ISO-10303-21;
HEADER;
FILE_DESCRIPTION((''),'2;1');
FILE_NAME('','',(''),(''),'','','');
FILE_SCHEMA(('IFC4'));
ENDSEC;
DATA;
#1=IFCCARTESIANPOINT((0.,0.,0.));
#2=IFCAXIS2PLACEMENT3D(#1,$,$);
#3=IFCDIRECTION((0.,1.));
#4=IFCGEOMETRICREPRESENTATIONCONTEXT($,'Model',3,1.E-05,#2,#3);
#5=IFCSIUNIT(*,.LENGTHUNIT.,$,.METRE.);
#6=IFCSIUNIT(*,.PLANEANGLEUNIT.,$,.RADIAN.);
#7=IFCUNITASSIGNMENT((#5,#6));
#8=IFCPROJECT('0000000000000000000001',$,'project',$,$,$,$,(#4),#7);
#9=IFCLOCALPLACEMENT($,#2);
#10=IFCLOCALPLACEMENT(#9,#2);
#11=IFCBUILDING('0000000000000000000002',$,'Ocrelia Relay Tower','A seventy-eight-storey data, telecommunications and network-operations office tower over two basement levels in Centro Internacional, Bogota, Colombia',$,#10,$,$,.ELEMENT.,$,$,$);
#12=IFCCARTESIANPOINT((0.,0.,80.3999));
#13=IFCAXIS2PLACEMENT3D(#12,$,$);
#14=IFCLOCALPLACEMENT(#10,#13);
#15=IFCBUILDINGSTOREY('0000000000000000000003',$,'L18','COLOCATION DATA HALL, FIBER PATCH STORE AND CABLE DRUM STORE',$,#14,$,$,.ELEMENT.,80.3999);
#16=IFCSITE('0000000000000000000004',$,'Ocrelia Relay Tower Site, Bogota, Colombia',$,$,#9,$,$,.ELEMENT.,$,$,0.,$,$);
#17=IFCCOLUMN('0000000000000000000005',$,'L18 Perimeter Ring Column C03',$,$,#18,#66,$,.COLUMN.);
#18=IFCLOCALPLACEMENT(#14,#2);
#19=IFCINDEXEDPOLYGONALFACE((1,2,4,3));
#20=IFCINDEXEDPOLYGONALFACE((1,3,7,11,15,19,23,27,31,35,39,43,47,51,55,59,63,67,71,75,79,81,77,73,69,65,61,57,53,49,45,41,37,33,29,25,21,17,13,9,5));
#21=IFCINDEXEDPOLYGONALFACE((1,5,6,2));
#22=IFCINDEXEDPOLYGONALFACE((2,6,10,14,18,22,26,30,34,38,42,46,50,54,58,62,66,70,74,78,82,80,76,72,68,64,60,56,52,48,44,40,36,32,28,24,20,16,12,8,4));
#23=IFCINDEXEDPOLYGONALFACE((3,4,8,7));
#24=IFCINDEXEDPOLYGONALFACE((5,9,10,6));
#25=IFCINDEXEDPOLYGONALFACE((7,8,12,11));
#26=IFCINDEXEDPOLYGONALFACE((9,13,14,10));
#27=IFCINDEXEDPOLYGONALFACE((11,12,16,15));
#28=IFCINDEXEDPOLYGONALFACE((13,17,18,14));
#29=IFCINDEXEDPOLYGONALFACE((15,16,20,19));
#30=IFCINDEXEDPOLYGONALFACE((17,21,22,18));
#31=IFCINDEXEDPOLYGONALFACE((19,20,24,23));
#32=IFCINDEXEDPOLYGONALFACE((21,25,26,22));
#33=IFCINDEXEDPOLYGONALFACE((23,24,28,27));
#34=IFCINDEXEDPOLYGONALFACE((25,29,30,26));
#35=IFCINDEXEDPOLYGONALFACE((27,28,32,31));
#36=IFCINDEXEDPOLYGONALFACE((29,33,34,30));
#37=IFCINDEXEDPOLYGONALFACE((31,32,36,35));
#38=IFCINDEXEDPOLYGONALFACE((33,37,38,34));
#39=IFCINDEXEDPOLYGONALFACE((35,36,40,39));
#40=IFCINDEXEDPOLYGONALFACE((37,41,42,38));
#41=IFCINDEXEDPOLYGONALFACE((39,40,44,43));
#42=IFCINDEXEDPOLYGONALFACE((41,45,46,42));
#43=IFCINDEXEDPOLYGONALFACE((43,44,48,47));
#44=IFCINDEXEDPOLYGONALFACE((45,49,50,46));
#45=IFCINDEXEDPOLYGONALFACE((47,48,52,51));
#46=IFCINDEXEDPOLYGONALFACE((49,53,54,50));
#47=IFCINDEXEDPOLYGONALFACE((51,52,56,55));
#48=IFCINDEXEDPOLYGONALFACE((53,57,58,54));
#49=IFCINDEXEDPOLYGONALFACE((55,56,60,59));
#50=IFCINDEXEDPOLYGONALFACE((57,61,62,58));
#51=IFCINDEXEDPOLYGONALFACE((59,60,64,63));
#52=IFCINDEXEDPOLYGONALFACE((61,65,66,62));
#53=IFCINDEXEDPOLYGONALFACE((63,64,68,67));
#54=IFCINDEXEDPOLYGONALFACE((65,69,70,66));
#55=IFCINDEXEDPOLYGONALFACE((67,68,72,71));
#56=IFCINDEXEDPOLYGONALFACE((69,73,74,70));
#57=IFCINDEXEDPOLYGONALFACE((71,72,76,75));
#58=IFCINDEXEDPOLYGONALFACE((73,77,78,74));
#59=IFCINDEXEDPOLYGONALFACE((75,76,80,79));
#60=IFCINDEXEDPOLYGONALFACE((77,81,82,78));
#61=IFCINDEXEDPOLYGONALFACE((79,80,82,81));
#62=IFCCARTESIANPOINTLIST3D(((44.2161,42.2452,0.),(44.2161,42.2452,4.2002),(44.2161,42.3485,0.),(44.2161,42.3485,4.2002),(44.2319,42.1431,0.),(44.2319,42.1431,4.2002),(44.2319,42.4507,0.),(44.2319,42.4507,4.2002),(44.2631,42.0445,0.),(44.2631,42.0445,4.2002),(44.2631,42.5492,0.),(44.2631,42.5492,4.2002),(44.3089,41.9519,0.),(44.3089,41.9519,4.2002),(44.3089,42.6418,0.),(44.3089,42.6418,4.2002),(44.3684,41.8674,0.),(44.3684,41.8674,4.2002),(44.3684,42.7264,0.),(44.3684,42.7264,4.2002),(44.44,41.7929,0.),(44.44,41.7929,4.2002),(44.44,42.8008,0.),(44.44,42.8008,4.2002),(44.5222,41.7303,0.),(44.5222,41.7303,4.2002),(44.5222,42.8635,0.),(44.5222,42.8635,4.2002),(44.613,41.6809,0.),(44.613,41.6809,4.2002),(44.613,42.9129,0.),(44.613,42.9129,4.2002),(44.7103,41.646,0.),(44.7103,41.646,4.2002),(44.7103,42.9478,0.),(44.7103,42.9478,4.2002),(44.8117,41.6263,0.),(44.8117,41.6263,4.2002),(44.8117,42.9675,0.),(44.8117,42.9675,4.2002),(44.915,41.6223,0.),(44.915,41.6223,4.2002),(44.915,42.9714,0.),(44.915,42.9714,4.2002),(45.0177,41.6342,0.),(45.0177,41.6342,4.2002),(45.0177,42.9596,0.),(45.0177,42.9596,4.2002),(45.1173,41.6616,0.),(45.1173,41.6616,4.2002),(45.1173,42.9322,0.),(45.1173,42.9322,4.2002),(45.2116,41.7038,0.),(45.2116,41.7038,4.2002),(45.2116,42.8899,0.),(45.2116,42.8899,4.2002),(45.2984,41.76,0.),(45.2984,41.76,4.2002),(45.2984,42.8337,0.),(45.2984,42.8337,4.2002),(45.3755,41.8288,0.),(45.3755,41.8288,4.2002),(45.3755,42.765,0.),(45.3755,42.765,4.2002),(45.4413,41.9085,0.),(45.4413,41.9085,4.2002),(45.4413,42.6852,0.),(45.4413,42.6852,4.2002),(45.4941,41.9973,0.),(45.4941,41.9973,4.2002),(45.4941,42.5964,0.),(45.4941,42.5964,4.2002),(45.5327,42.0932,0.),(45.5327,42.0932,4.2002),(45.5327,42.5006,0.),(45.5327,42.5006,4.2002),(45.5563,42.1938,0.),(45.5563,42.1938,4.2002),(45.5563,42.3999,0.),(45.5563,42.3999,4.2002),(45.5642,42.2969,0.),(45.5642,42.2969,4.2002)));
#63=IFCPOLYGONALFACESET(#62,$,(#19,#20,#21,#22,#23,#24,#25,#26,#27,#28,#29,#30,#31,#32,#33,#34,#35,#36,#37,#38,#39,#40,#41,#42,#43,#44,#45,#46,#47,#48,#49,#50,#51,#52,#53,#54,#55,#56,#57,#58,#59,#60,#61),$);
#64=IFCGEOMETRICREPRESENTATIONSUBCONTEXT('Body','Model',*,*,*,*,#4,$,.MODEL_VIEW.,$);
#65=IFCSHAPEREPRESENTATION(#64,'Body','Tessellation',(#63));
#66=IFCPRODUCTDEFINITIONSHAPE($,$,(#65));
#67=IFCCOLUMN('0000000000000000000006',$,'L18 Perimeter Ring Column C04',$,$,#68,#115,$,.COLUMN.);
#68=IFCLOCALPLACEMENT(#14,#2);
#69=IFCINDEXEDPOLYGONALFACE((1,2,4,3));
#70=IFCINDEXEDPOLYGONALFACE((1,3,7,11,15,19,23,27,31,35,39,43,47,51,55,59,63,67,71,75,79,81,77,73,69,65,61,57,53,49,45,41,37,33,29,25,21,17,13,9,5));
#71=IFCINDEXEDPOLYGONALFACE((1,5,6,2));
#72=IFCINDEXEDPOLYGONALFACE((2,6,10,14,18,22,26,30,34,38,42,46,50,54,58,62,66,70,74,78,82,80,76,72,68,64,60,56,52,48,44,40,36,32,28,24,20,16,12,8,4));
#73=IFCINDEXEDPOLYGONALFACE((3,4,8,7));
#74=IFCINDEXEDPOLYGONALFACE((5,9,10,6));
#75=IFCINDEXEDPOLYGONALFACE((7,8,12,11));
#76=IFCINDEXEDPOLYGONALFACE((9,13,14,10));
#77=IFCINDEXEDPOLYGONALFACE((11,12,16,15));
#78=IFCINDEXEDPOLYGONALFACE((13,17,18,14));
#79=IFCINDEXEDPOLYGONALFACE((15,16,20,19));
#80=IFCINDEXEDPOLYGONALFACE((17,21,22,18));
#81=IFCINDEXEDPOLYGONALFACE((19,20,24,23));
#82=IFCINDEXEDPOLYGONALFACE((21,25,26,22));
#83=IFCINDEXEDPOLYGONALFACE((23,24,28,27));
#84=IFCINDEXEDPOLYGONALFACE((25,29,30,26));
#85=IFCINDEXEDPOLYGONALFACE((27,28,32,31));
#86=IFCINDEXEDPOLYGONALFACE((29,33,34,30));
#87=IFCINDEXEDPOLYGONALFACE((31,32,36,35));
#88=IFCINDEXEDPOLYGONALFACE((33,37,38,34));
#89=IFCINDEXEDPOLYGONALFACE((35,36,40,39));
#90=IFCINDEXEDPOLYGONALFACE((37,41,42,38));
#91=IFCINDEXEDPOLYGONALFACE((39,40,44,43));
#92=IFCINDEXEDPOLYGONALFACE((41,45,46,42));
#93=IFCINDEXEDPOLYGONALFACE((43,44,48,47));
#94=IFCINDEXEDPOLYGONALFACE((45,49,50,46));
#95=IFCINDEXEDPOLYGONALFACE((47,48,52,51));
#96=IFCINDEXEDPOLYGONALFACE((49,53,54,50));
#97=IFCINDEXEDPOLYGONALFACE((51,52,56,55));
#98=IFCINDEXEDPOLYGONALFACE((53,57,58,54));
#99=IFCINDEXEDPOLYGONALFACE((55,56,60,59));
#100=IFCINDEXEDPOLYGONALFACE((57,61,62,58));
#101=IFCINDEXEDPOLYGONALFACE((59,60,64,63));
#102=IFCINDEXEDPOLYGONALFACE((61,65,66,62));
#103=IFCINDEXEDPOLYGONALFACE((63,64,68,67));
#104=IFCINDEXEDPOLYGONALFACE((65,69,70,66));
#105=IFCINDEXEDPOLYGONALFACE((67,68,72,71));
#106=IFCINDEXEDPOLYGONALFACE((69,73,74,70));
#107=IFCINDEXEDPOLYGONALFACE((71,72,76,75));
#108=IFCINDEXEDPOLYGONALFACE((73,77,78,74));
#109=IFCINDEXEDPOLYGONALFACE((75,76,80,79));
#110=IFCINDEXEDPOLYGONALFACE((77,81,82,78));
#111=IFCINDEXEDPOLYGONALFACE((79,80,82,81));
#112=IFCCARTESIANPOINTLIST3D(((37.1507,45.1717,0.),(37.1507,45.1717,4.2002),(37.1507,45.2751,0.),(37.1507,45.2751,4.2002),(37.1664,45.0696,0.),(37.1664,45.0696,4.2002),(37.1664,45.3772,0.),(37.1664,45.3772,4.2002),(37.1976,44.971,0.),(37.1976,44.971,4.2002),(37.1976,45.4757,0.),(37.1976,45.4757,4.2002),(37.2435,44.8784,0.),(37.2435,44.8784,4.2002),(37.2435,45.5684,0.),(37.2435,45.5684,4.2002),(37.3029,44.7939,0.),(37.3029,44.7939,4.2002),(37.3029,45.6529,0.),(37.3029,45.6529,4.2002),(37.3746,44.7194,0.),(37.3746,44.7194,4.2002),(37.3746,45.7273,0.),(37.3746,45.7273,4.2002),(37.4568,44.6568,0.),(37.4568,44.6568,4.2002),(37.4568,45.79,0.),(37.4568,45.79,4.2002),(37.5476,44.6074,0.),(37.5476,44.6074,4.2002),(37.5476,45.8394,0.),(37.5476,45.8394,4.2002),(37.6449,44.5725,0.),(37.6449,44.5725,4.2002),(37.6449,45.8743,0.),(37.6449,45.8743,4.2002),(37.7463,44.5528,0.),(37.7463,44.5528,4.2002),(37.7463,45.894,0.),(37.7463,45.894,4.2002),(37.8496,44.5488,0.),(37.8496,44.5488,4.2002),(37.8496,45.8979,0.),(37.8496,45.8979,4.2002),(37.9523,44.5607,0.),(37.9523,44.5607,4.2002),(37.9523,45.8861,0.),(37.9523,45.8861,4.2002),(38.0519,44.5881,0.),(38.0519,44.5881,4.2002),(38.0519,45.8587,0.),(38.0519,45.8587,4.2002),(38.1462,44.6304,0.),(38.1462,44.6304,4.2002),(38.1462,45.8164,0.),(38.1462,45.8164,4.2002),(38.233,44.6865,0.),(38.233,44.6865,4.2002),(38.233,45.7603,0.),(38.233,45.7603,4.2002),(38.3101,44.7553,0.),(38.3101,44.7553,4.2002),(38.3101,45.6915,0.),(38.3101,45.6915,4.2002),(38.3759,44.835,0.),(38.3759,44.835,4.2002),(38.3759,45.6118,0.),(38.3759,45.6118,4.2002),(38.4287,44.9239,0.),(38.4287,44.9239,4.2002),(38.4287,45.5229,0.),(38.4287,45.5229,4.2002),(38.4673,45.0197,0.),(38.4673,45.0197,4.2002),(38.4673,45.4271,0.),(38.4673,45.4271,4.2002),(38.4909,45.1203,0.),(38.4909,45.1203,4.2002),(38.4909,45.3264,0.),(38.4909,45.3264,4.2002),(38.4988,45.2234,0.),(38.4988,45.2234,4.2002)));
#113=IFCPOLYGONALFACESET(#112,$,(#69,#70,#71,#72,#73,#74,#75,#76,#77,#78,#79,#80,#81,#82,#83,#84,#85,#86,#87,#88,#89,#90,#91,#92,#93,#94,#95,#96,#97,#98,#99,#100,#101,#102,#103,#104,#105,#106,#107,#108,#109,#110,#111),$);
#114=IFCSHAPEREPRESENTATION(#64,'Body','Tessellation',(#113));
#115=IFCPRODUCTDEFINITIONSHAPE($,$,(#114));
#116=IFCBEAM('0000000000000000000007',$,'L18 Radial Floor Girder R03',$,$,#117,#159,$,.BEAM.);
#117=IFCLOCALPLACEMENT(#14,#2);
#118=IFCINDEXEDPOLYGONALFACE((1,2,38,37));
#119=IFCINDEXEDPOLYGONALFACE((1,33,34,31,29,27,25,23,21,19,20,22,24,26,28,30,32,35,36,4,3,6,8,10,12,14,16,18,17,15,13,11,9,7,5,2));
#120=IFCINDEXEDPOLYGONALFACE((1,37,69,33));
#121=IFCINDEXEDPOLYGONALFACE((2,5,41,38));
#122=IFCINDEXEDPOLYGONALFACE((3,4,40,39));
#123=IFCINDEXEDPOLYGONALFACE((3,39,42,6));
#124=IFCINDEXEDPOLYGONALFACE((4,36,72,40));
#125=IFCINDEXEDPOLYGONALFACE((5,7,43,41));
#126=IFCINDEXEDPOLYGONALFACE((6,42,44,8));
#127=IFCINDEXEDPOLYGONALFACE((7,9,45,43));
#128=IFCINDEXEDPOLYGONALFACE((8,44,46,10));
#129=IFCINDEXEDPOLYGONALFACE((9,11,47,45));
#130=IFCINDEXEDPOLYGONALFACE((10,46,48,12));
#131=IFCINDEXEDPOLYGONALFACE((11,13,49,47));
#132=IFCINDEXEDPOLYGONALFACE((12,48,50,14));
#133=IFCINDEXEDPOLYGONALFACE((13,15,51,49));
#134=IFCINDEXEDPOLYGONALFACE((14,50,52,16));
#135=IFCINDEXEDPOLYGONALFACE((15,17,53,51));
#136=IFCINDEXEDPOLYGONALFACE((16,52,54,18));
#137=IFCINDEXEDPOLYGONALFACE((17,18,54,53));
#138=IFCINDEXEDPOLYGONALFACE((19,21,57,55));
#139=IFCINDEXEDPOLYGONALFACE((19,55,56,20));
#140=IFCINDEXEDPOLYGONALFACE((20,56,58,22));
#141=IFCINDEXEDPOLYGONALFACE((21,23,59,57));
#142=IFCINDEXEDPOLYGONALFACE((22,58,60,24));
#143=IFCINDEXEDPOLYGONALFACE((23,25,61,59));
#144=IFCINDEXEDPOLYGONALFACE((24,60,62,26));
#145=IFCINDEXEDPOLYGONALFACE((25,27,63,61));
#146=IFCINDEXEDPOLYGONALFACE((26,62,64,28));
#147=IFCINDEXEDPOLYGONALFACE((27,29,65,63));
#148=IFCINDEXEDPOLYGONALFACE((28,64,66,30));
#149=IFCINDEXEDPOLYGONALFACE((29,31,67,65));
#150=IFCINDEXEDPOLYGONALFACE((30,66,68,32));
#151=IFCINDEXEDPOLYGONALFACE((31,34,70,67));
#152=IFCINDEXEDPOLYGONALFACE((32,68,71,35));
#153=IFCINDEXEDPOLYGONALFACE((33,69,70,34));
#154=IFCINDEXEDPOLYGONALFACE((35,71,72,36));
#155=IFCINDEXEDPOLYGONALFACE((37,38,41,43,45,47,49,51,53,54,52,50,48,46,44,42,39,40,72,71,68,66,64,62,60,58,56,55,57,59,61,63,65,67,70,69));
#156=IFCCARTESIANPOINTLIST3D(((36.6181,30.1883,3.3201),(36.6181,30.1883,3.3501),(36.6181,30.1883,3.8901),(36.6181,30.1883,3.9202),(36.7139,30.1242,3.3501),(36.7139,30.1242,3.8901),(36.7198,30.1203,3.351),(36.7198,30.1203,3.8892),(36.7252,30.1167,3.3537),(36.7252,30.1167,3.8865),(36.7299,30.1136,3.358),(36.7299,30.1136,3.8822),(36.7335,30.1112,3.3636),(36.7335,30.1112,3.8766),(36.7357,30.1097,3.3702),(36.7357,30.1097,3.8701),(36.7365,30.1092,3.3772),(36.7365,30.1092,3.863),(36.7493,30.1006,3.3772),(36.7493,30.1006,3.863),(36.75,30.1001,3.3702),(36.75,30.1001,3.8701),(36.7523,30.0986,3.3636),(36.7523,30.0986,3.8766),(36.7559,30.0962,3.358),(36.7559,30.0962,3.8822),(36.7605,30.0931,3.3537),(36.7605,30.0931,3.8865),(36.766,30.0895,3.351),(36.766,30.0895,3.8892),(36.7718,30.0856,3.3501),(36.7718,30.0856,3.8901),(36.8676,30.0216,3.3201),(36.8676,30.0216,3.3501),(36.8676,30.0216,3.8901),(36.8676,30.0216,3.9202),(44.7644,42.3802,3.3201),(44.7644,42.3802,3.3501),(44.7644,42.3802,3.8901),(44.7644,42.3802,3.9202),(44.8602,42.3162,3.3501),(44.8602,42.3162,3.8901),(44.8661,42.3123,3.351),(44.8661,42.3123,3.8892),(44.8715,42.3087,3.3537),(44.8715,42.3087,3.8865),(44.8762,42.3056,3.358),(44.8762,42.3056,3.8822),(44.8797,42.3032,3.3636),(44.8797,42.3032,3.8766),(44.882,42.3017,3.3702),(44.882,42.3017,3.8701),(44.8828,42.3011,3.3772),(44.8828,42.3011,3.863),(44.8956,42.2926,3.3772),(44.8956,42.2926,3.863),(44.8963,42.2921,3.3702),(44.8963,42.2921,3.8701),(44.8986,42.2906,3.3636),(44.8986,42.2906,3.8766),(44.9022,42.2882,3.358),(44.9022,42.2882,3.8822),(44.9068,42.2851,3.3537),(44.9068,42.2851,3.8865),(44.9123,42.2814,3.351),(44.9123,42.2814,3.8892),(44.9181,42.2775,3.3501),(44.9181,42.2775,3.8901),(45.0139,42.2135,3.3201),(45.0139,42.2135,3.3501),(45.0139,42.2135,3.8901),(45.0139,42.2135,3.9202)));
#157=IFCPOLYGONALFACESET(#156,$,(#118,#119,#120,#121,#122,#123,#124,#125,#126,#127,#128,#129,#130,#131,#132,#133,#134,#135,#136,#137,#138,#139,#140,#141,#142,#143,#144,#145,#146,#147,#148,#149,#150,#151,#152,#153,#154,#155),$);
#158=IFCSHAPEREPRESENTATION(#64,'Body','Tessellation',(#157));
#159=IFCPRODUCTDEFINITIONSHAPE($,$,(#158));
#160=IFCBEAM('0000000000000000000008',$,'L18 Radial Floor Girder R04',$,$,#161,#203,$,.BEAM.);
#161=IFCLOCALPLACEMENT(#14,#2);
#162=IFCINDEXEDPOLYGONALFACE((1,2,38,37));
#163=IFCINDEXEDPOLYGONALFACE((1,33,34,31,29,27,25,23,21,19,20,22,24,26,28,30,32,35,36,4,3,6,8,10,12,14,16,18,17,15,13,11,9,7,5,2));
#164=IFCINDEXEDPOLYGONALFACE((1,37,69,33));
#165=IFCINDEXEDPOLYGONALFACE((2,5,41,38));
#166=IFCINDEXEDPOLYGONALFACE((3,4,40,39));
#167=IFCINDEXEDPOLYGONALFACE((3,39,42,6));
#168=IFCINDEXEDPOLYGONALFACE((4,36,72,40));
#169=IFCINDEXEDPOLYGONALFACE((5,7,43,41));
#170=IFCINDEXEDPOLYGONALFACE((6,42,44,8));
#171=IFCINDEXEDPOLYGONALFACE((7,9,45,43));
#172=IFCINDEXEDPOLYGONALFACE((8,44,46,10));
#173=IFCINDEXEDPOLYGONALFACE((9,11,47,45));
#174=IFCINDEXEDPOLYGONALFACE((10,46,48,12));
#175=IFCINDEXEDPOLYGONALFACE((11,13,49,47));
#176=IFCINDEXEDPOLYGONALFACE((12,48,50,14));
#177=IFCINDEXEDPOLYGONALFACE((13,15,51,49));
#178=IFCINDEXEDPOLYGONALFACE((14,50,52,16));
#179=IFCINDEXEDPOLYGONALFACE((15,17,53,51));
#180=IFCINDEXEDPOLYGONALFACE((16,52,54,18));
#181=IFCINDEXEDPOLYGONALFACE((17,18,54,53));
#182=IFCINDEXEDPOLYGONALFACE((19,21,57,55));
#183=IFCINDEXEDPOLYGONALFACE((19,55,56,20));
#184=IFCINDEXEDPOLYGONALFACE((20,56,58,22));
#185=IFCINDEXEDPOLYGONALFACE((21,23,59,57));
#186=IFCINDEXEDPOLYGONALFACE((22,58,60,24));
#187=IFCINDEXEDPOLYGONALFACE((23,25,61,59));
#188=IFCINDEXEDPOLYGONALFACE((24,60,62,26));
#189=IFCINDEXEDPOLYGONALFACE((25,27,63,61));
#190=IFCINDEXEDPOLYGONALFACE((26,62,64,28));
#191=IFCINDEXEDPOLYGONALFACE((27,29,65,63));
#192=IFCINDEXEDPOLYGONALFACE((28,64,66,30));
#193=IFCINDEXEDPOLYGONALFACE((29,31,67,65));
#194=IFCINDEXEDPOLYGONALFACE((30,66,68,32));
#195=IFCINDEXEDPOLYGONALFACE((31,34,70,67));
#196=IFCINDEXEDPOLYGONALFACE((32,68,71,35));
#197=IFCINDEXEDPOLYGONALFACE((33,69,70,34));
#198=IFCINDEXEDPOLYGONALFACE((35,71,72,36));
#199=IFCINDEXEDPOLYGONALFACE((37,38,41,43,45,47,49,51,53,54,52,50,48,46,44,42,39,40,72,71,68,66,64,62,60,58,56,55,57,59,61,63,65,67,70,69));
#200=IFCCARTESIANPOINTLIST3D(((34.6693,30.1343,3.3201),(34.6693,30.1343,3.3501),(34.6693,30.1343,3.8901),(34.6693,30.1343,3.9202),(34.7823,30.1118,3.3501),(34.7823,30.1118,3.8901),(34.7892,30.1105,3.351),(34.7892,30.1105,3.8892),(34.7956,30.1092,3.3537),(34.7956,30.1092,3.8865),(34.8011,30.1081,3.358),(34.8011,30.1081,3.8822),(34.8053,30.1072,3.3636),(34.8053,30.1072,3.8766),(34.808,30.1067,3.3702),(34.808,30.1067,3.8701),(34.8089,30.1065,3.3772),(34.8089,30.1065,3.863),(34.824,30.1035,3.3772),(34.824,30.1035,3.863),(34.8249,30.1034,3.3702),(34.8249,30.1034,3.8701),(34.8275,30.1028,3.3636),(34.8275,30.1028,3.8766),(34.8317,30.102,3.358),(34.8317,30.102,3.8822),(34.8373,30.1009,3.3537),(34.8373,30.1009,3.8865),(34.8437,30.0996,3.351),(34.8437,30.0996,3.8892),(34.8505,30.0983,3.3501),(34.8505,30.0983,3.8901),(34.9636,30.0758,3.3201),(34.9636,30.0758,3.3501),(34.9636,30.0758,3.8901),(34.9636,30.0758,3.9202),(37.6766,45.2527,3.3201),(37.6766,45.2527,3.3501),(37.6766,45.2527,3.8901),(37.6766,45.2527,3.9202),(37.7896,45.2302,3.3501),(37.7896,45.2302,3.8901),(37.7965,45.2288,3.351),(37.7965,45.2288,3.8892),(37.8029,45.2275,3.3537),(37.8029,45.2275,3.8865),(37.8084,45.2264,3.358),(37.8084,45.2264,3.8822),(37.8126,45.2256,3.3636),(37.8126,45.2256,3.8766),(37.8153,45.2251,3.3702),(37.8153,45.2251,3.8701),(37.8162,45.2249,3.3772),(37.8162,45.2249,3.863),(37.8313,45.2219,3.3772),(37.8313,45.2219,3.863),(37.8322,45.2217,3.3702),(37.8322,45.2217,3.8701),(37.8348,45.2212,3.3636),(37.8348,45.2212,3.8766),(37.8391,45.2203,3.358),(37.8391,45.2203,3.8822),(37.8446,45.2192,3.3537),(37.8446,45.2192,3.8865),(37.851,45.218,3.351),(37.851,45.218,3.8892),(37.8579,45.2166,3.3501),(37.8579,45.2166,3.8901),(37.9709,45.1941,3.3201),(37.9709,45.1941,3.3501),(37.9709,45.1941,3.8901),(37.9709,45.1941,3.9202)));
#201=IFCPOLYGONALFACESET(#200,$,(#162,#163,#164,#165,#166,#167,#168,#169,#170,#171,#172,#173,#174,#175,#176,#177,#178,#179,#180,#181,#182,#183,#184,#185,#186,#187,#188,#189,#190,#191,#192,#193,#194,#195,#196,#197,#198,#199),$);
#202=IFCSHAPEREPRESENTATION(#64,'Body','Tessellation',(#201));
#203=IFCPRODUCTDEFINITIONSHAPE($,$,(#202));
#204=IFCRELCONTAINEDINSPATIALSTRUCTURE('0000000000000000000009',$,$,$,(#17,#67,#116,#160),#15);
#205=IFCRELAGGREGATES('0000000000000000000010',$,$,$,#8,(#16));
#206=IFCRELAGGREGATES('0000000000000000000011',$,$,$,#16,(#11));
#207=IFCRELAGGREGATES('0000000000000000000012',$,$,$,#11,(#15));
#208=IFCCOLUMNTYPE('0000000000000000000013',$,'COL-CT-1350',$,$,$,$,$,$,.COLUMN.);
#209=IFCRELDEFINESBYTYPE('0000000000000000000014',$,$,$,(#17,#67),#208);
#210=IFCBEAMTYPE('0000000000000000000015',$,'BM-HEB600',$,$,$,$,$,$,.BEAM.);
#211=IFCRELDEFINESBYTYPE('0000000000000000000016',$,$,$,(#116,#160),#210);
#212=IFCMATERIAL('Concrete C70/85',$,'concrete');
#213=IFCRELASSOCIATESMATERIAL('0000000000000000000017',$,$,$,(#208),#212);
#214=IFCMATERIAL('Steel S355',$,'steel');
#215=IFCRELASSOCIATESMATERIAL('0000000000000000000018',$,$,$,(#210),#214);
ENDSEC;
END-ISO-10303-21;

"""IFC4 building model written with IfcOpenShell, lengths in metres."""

from ifc_helpers import new_model, si_unit, direction, frame, origin, origin_2d, place, context, subcontext, project, spatial, circle, i_section, extrude, material, material_profile, profile_set, type_object, element, save


model = new_model("IFC4")

# Units and contexts
model_context = context("Model", 3, precision=1e-05, world=origin(), true_north=direction((0.0, 1.0)))
body_context = subcontext(model_context, "Body", "Model", "MODEL_VIEW")
ifc_project = project(units=[si_unit("LENGTHUNIT", "METRE"), si_unit("PLANEANGLEUNIT", "RADIAN")], contexts=[model_context])

# Site, building, storey
site_placement = place(None, origin())
site = spatial("IfcSite", under=ifc_project, at=site_placement, Name="Ocrelia Relay Tower Site, Bogota, Colombia", CompositionType="ELEMENT", RefElevation=0.0)
building_placement = place(site_placement, origin())
building = spatial("IfcBuilding", under=site, at=building_placement, Name="Ocrelia Relay Tower", Description="A seventy-eight-storey data, telecommunications and network-operations office tower over two basement levels in Centro Internacional, Bogota, Colombia", CompositionType="ELEMENT")
storey_placement = place(building_placement, frame((0.0, 0.0, 80.3999)))
storey = spatial("IfcBuildingStorey", under=building, at=storey_placement, Name="L18", Description="COLOCATION DATA HALL, FIBER PATCH STORE AND CABLE DRUM STORE", CompositionType="ELEMENT", Elevation=80.3999)

# Columns
ifc_material_1 = material(Name="Concrete C70/85", Category="concrete")
ifc_material_profile_1 = material_profile(ifc_material_1, circle(Radius=0.675, at=origin_2d()), Name="RC-CIR-1350")
ifc_profile_set_1 = profile_set([ifc_material_profile_1], Name="Concrete C70/85")
column_type = type_object("IfcColumnType", Name="COL-CT-1350", PredefinedType="COLUMN", material=ifc_profile_set_1)
for number, where, z_axis, x_axis, name in (
    (1, (44.8892, 42.2969, 0.0), (0.0, 0.0, 1.0), (1.0, 0.0, 0.0), "L18 Perimeter Ring Column C03"),
    (2, (37.8237, 45.2234, 0.0), (0.0, 0.0, 1.0), (1.0, 0.0, 0.0), "L18 Perimeter Ring Column C04"),
):
    element("IfcColumn", number, at=place(storey_placement, frame(where, z_axis=z_axis, x_axis=x_axis)), inside=storey, type_object=column_type, Name=name, PredefinedType="COLUMN", context=body_context, shape_type="SweptSolid", body=[
        extrude(circle(Radius=0.675, at=origin_2d()), origin(), (0.0, 0.0, 1.0), 4.2002),
    ])

# Beams
ifc_material_2 = material(Name="Steel S355", Category="steel")
ifc_material_profile_2 = material_profile(ifc_material_2, i_section(OverallWidth=0.3, OverallDepth=0.6001, WebThickness=0.0154, FlangeThickness=0.03, FilletRadius=0.0271, at=origin_2d()), Name="HEB 600")
ifc_profile_set_2 = profile_set([ifc_material_profile_2], Name="Steel S355")
beam_type_1 = type_object("IfcBeamType", Name="BM-HEB600", PredefinedType="BEAM", material=ifc_profile_set_2)
beam_1_placement = place(storey_placement, frame((44.8892, 42.2969, 3.6201), z_axis=(-0.555564, -0.831473, 0.0), x_axis=(0.831473, -0.555564, 0.0)))
element("IfcBeam", 3, at=beam_1_placement, inside=storey, type_object=beam_type_1, Name="L18 Radial Floor Girder R03", PredefinedType="BEAM", context=body_context, shape_type="SweptSolid", body=[
    extrude(i_section(OverallWidth=0.3, OverallDepth=0.6001, WebThickness=0.0154, FlangeThickness=0.03, FilletRadius=0.0271, at=origin_2d()), origin(), (0.0, 0.0, 1.0), 14.6631),
])
beam_2_placement = place(storey_placement, frame((37.8237, 45.2234, 3.6201), z_axis=(-0.195096, -0.980784, 0.0), x_axis=(0.980784, -0.195096, 0.0)))
element("IfcBeam", 4, at=beam_2_placement, inside=storey, type_object=beam_type_1, Name="L18 Radial Floor Girder R04", PredefinedType="BEAM", context=body_context, shape_type="SweptSolid", body=[
    extrude(i_section(OverallWidth=0.3, OverallDepth=0.6001, WebThickness=0.0154, FlangeThickness=0.03, FilletRadius=0.0271, at=origin_2d()), origin(), (0.0, 0.0, 1.0), 15.4146),
])

save(model, "model.ifc")
